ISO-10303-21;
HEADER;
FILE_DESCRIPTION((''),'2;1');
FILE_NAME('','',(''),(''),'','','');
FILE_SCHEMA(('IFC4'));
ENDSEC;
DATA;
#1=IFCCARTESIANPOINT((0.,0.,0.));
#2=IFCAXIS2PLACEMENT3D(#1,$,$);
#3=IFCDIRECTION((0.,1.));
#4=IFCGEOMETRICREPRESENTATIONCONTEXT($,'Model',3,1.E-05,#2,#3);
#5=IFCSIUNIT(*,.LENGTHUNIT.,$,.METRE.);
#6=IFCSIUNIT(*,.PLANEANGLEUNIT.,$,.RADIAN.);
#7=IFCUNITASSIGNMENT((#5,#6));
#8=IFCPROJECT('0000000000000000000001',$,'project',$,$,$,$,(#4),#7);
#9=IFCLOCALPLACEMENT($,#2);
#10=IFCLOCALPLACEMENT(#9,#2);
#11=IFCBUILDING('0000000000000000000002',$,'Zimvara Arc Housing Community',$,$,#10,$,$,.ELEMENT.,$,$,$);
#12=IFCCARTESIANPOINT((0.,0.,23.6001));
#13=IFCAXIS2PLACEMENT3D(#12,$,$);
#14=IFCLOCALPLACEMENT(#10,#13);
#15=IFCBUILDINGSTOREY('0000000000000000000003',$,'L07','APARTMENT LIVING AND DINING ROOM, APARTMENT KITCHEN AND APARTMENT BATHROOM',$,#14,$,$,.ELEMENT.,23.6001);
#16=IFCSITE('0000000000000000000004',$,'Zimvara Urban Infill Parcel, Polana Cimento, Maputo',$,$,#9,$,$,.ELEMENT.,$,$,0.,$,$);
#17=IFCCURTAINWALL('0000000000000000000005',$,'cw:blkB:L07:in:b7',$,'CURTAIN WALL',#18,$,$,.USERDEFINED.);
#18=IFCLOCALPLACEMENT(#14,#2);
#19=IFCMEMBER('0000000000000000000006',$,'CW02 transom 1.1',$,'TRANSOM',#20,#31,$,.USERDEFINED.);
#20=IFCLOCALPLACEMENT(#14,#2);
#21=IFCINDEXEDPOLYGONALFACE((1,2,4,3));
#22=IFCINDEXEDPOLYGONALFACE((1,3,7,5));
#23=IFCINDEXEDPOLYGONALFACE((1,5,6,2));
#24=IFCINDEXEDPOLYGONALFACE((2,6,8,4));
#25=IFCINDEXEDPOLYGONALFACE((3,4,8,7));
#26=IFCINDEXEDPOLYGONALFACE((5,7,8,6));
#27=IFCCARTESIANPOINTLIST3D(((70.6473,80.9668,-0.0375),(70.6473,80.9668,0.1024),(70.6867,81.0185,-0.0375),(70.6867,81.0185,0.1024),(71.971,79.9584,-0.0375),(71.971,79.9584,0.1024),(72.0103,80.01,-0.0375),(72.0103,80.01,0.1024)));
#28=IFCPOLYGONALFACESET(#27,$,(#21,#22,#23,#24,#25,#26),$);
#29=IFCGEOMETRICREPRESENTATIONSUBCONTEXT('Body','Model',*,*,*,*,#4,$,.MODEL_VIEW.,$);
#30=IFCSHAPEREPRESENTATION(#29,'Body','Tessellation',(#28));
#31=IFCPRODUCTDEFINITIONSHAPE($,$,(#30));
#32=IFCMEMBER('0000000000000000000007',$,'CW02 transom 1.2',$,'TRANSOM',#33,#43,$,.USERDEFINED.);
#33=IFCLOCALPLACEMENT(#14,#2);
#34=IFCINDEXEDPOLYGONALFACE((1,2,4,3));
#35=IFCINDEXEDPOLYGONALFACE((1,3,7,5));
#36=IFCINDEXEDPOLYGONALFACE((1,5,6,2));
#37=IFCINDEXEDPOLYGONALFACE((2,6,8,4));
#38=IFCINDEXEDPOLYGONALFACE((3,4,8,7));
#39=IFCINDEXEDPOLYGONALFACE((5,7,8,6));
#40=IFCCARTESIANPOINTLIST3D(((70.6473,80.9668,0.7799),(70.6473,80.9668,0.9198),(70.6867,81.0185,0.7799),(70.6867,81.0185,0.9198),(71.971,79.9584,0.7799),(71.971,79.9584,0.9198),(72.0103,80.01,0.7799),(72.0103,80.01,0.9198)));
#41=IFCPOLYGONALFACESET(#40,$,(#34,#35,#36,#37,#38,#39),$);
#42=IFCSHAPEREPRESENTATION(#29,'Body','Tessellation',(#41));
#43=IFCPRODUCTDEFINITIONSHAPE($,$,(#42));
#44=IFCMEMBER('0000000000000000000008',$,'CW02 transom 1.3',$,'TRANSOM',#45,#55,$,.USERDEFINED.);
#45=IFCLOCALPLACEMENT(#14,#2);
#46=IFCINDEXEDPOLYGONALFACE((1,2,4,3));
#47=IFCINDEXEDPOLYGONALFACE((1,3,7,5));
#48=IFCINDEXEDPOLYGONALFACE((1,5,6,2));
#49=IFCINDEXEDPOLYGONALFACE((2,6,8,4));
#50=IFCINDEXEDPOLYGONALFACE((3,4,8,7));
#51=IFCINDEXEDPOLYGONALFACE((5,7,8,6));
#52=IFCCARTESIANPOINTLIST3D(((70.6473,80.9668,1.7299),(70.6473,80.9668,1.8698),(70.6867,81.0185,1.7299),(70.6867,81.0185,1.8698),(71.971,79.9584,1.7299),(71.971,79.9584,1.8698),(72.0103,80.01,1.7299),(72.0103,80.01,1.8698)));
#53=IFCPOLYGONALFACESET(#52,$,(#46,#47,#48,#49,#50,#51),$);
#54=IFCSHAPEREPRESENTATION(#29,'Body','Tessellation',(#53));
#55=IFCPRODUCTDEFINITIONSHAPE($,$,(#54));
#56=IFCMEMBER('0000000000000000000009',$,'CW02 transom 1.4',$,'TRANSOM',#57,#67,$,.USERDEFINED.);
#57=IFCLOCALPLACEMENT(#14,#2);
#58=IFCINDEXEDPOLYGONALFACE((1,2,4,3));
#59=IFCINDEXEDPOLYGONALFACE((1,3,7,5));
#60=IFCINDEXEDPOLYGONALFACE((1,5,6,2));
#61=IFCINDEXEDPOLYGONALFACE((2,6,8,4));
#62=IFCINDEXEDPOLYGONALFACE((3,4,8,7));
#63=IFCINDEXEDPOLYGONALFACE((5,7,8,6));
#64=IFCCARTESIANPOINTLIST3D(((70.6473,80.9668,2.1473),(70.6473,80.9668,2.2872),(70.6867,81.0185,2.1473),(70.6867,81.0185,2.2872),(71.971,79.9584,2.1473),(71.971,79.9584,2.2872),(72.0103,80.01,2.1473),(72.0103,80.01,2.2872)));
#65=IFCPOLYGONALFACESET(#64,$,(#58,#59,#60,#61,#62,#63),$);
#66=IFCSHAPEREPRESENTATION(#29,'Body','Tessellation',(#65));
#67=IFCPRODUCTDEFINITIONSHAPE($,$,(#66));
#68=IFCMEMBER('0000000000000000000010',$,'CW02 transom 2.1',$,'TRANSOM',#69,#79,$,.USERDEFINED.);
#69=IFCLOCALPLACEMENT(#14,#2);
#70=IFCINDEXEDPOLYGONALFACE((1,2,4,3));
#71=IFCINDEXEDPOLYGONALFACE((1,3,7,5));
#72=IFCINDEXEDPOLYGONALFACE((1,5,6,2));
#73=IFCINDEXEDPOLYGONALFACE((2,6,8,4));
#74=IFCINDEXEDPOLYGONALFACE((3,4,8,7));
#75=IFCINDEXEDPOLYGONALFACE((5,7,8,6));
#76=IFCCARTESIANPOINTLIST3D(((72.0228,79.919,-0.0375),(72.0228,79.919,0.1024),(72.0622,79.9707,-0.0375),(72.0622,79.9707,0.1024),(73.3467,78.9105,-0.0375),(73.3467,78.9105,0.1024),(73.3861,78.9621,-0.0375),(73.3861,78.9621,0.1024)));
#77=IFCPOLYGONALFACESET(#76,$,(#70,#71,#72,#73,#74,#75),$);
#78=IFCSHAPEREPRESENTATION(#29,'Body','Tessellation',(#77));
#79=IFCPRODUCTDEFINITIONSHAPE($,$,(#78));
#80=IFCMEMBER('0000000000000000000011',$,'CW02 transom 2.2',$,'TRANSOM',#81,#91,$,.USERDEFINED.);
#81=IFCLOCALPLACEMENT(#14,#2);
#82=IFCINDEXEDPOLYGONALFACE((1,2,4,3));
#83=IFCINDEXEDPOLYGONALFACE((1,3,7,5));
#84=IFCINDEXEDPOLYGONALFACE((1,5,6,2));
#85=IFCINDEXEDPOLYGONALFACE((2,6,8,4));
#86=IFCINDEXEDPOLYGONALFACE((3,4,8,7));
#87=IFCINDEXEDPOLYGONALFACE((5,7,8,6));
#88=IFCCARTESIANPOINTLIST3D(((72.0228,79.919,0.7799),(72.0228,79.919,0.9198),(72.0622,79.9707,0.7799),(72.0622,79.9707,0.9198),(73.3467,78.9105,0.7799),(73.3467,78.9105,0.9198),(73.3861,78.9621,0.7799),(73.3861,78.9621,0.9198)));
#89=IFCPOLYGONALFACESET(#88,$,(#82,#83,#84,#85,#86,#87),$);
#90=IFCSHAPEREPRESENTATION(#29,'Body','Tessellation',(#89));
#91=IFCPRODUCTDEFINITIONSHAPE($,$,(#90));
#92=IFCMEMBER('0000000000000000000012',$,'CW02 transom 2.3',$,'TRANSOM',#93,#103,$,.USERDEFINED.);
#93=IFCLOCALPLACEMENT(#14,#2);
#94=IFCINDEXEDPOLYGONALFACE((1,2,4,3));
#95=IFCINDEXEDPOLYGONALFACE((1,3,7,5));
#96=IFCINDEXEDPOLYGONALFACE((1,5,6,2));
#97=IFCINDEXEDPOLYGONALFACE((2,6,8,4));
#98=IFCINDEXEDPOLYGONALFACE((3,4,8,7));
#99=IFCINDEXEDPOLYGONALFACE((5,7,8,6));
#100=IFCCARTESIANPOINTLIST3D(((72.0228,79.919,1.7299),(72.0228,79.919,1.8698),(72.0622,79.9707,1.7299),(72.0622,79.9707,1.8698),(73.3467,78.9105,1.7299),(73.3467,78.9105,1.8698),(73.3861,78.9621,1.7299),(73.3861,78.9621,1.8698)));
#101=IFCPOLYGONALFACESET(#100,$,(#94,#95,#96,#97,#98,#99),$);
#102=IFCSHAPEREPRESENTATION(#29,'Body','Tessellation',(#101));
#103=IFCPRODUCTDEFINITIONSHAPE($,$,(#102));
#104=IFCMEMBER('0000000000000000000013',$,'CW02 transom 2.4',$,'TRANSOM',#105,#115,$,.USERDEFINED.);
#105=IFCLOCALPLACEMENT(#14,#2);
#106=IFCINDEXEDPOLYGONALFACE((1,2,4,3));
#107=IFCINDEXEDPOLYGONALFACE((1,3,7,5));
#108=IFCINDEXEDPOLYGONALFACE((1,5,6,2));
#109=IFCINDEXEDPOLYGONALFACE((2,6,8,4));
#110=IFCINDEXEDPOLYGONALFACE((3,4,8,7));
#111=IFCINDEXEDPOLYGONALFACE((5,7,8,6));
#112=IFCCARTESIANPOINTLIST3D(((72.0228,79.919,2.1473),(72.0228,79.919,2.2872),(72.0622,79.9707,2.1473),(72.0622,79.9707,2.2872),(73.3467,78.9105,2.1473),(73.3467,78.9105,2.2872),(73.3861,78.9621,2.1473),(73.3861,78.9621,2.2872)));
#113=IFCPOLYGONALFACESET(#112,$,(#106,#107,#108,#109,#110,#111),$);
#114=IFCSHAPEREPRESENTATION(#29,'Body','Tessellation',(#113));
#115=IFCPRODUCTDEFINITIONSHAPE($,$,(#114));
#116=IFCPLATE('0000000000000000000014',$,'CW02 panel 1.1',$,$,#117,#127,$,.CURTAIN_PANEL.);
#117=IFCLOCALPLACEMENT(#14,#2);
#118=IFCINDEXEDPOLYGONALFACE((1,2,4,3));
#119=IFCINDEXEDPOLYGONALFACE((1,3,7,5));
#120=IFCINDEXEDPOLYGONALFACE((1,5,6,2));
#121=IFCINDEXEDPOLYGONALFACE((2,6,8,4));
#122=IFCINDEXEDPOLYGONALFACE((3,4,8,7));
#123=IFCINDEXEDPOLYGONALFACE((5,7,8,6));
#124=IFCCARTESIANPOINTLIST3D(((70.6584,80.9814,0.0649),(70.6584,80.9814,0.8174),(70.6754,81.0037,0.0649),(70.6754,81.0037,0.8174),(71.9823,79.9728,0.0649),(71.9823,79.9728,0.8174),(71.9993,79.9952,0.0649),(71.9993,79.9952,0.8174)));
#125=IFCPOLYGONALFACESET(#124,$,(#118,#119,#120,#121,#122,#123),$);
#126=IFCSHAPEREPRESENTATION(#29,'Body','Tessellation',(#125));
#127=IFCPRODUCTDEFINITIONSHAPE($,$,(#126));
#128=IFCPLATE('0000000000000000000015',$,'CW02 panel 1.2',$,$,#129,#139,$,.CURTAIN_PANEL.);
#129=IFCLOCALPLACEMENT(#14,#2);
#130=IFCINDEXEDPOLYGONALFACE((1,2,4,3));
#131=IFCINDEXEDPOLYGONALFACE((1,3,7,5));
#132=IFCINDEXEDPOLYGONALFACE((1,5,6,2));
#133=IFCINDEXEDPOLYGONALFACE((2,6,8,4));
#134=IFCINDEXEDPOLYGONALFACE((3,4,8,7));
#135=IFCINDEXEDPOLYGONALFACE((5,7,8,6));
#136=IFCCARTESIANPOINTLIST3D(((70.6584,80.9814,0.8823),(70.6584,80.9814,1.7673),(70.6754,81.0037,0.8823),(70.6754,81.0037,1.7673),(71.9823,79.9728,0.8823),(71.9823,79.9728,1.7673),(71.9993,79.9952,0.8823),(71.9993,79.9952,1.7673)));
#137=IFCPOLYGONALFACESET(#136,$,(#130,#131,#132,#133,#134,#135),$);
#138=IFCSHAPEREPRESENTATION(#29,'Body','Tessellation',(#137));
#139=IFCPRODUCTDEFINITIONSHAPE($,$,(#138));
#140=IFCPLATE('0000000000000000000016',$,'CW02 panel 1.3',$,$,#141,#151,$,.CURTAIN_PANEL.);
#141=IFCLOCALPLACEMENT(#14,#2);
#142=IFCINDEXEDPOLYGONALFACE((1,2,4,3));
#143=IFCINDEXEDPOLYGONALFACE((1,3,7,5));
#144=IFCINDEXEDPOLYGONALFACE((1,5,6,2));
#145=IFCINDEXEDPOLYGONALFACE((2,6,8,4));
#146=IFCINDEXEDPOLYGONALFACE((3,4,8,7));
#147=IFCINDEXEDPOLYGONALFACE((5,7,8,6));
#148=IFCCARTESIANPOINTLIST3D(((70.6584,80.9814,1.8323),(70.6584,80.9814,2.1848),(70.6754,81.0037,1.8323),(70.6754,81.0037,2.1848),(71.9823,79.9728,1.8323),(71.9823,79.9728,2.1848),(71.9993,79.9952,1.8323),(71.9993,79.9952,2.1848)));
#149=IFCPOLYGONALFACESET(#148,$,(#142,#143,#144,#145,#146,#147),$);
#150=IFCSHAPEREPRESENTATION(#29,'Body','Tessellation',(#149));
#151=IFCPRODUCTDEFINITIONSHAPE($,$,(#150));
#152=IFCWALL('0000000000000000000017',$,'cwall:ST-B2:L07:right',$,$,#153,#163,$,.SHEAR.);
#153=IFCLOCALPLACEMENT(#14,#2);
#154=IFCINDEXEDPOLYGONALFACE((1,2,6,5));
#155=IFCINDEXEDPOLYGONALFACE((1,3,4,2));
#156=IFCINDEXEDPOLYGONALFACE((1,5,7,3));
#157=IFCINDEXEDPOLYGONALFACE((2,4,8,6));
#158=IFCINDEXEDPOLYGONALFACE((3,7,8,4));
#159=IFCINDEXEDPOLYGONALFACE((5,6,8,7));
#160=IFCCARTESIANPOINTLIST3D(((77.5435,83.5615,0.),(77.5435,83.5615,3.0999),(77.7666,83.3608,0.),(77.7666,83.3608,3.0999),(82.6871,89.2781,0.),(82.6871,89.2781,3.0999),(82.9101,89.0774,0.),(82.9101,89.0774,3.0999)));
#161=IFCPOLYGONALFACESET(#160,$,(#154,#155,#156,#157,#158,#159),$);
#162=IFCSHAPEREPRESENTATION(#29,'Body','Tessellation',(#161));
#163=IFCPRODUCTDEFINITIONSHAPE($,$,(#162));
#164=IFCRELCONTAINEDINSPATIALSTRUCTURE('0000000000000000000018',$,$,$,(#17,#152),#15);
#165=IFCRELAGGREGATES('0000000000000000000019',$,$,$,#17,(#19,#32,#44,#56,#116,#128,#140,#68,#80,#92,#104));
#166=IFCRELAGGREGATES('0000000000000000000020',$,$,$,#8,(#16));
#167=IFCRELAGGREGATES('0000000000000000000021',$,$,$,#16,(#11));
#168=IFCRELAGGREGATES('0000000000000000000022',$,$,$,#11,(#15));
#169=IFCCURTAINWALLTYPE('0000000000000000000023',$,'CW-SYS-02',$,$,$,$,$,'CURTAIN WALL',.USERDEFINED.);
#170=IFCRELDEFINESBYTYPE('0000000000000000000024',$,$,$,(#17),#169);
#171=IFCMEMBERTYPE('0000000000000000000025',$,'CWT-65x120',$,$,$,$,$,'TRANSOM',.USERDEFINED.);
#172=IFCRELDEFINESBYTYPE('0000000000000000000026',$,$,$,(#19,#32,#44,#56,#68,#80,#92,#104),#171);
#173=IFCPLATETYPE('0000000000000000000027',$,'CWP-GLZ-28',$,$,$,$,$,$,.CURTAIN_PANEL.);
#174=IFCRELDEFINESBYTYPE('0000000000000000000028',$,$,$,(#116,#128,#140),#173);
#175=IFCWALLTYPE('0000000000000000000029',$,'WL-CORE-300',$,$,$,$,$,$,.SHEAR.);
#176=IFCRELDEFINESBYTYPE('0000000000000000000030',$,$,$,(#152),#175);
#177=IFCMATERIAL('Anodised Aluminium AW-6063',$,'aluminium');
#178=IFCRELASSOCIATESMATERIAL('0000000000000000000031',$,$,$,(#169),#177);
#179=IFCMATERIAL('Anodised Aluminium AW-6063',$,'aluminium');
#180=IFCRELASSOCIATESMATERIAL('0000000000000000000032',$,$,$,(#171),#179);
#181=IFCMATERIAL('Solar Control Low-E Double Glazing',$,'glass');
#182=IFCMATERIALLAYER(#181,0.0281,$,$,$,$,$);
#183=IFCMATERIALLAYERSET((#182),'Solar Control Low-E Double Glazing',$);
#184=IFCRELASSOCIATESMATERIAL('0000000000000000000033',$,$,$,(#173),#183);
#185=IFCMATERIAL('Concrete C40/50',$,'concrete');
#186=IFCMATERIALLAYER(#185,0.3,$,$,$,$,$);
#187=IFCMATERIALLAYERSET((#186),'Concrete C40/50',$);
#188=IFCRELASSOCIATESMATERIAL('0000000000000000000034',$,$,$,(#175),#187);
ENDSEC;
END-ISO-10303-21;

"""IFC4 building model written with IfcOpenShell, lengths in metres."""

from ifc_helpers import new_model, si_unit, direction, frame, frame_2d, origin, origin_2d, place, context, subcontext, project, spatial, rectangle, extrude, material, layer, layer_set, material_profile, profile_set, type_object, element, aggregate, save


model = new_model("IFC4")

# Units and contexts
model_context = context("Model", 3, precision=1e-05, world=origin(), true_north=direction((0.0, 1.0)))
body_context = subcontext(model_context, "Body", "Model", "MODEL_VIEW")
ifc_project = project(units=[si_unit("LENGTHUNIT", "METRE"), si_unit("PLANEANGLEUNIT", "RADIAN")], contexts=[model_context])

# Site, building, storey
site_placement = place(None, origin())
site = spatial("IfcSite", under=ifc_project, at=site_placement, Name="Zimvara Urban Infill Parcel, Polana Cimento, Maputo", CompositionType="ELEMENT", RefElevation=0.0)
building_placement = place(site_placement, origin())
building = spatial("IfcBuilding", under=site, at=building_placement, Name="Zimvara Arc Housing Community", CompositionType="ELEMENT")
storey_placement = place(building_placement, frame((0.0, 0.0, 23.6001)))
storey = spatial("IfcBuildingStorey", under=building, at=storey_placement, Name="L07", Description="APARTMENT LIVING AND DINING ROOM, APARTMENT KITCHEN AND APARTMENT BATHROOM", CompositionType="ELEMENT", Elevation=23.6001)

# Curtain wall, members, plates
ifc_material_1 = material(Name="Anodised Aluminium AW-6063", Category="aluminium")
curtain_wall_type = type_object("IfcCurtainWallType", Name="CW-SYS-02", ElementType="CURTAIN WALL", PredefinedType="USERDEFINED", material=ifc_material_1)
curtain_wall_placement = place(storey_placement, origin())
curtain_wall = element("IfcCurtainWall", 1, at=curtain_wall_placement, inside=storey, type_object=curtain_wall_type, Name="cw:blkB:L07:in:b7", ObjectType="CURTAIN WALL", PredefinedType="USERDEFINED")
ifc_material_2 = material(Name="Anodised Aluminium AW-6063", Category="aluminium")
ifc_material_profile_1 = material_profile(ifc_material_2, rectangle(XDim=0.0649, YDim=0.1399, at=origin_2d()), Name="ALU 65x140")
ifc_profile_set_1 = profile_set([ifc_material_profile_1], Name="Anodised Aluminium AW-6063")
member_type_1 = type_object("IfcMemberType", Name="CWT-65x120", ElementType="TRANSOM", PredefinedType="USERDEFINED", material=ifc_profile_set_1)
member_1_placement = place(storey_placement, frame((70.667, 80.9927, 0.0325), z_axis=(0.795435, -0.606039, 0.0), x_axis=(0.606039, 0.795435, 0.0)))
member_1 = element("IfcMember", 2, at=member_1_placement, type_object=member_type_1, Name="CW02 transom 1.1", ObjectType="TRANSOM", PredefinedType="USERDEFINED", context=body_context, shape_type="SweptSolid", body=[
    extrude(rectangle(XDim=0.0649, YDim=0.1399, at=origin_2d()), origin(), (0.0, 0.0, 1.0), 1.6641),
])
member_2_placement = place(storey_placement, frame((70.667, 80.9927, 0.8499), z_axis=(0.795435, -0.606039, 0.0), x_axis=(0.606039, 0.795435, 0.0)))
member_2 = element("IfcMember", 3, at=member_2_placement, type_object=member_type_1, Name="CW02 transom 1.2", ObjectType="TRANSOM", PredefinedType="USERDEFINED", context=body_context, shape_type="SweptSolid", body=[
    extrude(rectangle(XDim=0.0649, YDim=0.1399, at=origin_2d()), origin(), (0.0, 0.0, 1.0), 1.6641),
])
member_3_placement = place(storey_placement, frame((70.667, 80.9927, 1.7998), z_axis=(0.795435, -0.606039, 0.0), x_axis=(0.606039, 0.795435, 0.0)))
member_3 = element("IfcMember", 4, at=member_3_placement, type_object=member_type_1, Name="CW02 transom 1.3", ObjectType="TRANSOM", PredefinedType="USERDEFINED", context=body_context, shape_type="SweptSolid", body=[
    extrude(rectangle(XDim=0.0649, YDim=0.1399, at=origin_2d()), origin(), (0.0, 0.0, 1.0), 1.6641),
])
member_4_placement = place(storey_placement, frame((70.667, 80.9927, 2.2173), z_axis=(0.795435, -0.606039, 0.0), x_axis=(0.606039, 0.795435, 0.0)))
member_4 = element("IfcMember", 5, at=member_4_placement, type_object=member_type_1, Name="CW02 transom 1.4", ObjectType="TRANSOM", PredefinedType="USERDEFINED", context=body_context, shape_type="SweptSolid", body=[
    extrude(rectangle(XDim=0.0649, YDim=0.1399, at=origin_2d()), origin(), (0.0, 0.0, 1.0), 1.6641),
])
member_5_placement = place(storey_placement, frame((72.0425, 79.9448, 0.0325), z_axis=(0.795489, -0.605968, 0.0), x_axis=(0.605968, 0.795489, 0.0)))
member_5 = element("IfcMember", 6, at=member_5_placement, type_object=member_type_1, Name="CW02 transom 2.1", ObjectType="TRANSOM", PredefinedType="USERDEFINED", context=body_context, shape_type="SweptSolid", body=[
    extrude(rectangle(XDim=0.0649, YDim=0.1399, at=origin_2d()), origin(), (0.0, 0.0, 1.0), 1.6643),
])
member_6_placement = place(storey_placement, frame((72.0425, 79.9448, 0.8499), z_axis=(0.795489, -0.605968, 0.0), x_axis=(0.605968, 0.795489, 0.0)))
member_6 = element("IfcMember", 7, at=member_6_placement, type_object=member_type_1, Name="CW02 transom 2.2", ObjectType="TRANSOM", PredefinedType="USERDEFINED", context=body_context, shape_type="SweptSolid", body=[
    extrude(rectangle(XDim=0.0649, YDim=0.1399, at=origin_2d()), origin(), (0.0, 0.0, 1.0), 1.6643),
])
member_7_placement = place(storey_placement, frame((72.0425, 79.9448, 1.7998), z_axis=(0.795489, -0.605968, 0.0), x_axis=(0.605968, 0.795489, 0.0)))
member_7 = element("IfcMember", 8, at=member_7_placement, type_object=member_type_1, Name="CW02 transom 2.3", ObjectType="TRANSOM", PredefinedType="USERDEFINED", context=body_context, shape_type="SweptSolid", body=[
    extrude(rectangle(XDim=0.0649, YDim=0.1399, at=origin_2d()), origin(), (0.0, 0.0, 1.0), 1.6643),
])
member_8_placement = place(storey_placement, frame((72.0425, 79.9448, 2.2173), z_axis=(0.795489, -0.605968, 0.0), x_axis=(0.605968, 0.795489, 0.0)))
member_8 = element("IfcMember", 9, at=member_8_placement, type_object=member_type_1, Name="CW02 transom 2.4", ObjectType="TRANSOM", PredefinedType="USERDEFINED", context=body_context, shape_type="SweptSolid", body=[
    extrude(rectangle(XDim=0.0649, YDim=0.1399, at=origin_2d()), origin(), (0.0, 0.0, 1.0), 1.6643),
])
ifc_material_3 = material(Name="Solar Control Low-E Double Glazing", Category="glass")
ifc_layer_1 = layer(ifc_material_3, 0.0281)
ifc_layer_set_1 = layer_set([ifc_layer_1], Name="Solar Control Low-E Double Glazing")
plate_type = type_object("IfcPlateType", Name="CWP-GLZ-28", PredefinedType="CURTAIN_PANEL", material=ifc_layer_set_1)
plate_1_placement = place(storey_placement, frame((71.3289, 80.4883, 0.0649), z_axis=(0.0, 0.0, 1.0), x_axis=(0.795474, -0.605988, 0.0)))
plate_1 = element("IfcPlate", 10, at=plate_1_placement, type_object=plate_type, Name="CW02 panel 1.1", PredefinedType="CURTAIN_PANEL", context=body_context, shape_type="SweptSolid", body=[
    extrude(rectangle(XDim=1.6643, YDim=0.0281, at=origin_2d()), origin(), (0.0, 0.0, 1.0), 0.7524),
])
plate_2_placement = place(storey_placement, frame((71.3289, 80.4883, 0.8823), z_axis=(0.0, 0.0, 1.0), x_axis=(0.795474, -0.605988, 0.0)))
plate_2 = element("IfcPlate", 11, at=plate_2_placement, type_object=plate_type, Name="CW02 panel 1.2", PredefinedType="CURTAIN_PANEL", context=body_context, shape_type="SweptSolid", body=[
    extrude(rectangle(XDim=1.6643, YDim=0.0281, at=origin_2d()), origin(), (0.0, 0.0, 1.0), 0.885),
])
plate_3_placement = place(storey_placement, frame((71.3289, 80.4883, 1.8323), z_axis=(0.0, 0.0, 1.0), x_axis=(0.795474, -0.605988, 0.0)))
plate_3 = element("IfcPlate", 12, at=plate_3_placement, type_object=plate_type, Name="CW02 panel 1.3", PredefinedType="CURTAIN_PANEL", context=body_context, shape_type="SweptSolid", body=[
    extrude(rectangle(XDim=1.6643, YDim=0.0281, at=origin_2d()), origin(), (0.0, 0.0, 1.0), 0.3525),
])
aggregate(curtain_wall, [member_1, member_2, member_3, member_4, plate_1, plate_2, plate_3, member_5, member_6, member_7, member_8])

# Wall
ifc_material_4 = material(Name="Concrete C40/50", Category="concrete")
ifc_layer_2 = layer(ifc_material_4, 0.3)
ifc_layer_set_2 = layer_set([ifc_layer_2], Name="Concrete C40/50")
wall_type_1 = type_object("IfcWallType", Name="WL-CORE-300", PredefinedType="SHEAR", material=ifc_layer_set_2)
wall_1_placement = place(storey_placement, frame((77.655, 83.4612, 0.0), z_axis=(0.0, 0.0, 1.0), x_axis=(0.668868, 0.743381, 0.0)))
element("IfcWall", 13, at=wall_1_placement, inside=storey, type_object=wall_type_1, Name="cwall:ST-B2:L07:right", PredefinedType="SHEAR", context=body_context, shape_type="SweptSolid", body=[
    extrude(rectangle(XDim=7.6899, YDim=0.3, at=frame_2d((3.845, 0.0))), origin(), (0.0, 0.0, 1.0), 3.0999),
])

save(model, "model.ifc")
